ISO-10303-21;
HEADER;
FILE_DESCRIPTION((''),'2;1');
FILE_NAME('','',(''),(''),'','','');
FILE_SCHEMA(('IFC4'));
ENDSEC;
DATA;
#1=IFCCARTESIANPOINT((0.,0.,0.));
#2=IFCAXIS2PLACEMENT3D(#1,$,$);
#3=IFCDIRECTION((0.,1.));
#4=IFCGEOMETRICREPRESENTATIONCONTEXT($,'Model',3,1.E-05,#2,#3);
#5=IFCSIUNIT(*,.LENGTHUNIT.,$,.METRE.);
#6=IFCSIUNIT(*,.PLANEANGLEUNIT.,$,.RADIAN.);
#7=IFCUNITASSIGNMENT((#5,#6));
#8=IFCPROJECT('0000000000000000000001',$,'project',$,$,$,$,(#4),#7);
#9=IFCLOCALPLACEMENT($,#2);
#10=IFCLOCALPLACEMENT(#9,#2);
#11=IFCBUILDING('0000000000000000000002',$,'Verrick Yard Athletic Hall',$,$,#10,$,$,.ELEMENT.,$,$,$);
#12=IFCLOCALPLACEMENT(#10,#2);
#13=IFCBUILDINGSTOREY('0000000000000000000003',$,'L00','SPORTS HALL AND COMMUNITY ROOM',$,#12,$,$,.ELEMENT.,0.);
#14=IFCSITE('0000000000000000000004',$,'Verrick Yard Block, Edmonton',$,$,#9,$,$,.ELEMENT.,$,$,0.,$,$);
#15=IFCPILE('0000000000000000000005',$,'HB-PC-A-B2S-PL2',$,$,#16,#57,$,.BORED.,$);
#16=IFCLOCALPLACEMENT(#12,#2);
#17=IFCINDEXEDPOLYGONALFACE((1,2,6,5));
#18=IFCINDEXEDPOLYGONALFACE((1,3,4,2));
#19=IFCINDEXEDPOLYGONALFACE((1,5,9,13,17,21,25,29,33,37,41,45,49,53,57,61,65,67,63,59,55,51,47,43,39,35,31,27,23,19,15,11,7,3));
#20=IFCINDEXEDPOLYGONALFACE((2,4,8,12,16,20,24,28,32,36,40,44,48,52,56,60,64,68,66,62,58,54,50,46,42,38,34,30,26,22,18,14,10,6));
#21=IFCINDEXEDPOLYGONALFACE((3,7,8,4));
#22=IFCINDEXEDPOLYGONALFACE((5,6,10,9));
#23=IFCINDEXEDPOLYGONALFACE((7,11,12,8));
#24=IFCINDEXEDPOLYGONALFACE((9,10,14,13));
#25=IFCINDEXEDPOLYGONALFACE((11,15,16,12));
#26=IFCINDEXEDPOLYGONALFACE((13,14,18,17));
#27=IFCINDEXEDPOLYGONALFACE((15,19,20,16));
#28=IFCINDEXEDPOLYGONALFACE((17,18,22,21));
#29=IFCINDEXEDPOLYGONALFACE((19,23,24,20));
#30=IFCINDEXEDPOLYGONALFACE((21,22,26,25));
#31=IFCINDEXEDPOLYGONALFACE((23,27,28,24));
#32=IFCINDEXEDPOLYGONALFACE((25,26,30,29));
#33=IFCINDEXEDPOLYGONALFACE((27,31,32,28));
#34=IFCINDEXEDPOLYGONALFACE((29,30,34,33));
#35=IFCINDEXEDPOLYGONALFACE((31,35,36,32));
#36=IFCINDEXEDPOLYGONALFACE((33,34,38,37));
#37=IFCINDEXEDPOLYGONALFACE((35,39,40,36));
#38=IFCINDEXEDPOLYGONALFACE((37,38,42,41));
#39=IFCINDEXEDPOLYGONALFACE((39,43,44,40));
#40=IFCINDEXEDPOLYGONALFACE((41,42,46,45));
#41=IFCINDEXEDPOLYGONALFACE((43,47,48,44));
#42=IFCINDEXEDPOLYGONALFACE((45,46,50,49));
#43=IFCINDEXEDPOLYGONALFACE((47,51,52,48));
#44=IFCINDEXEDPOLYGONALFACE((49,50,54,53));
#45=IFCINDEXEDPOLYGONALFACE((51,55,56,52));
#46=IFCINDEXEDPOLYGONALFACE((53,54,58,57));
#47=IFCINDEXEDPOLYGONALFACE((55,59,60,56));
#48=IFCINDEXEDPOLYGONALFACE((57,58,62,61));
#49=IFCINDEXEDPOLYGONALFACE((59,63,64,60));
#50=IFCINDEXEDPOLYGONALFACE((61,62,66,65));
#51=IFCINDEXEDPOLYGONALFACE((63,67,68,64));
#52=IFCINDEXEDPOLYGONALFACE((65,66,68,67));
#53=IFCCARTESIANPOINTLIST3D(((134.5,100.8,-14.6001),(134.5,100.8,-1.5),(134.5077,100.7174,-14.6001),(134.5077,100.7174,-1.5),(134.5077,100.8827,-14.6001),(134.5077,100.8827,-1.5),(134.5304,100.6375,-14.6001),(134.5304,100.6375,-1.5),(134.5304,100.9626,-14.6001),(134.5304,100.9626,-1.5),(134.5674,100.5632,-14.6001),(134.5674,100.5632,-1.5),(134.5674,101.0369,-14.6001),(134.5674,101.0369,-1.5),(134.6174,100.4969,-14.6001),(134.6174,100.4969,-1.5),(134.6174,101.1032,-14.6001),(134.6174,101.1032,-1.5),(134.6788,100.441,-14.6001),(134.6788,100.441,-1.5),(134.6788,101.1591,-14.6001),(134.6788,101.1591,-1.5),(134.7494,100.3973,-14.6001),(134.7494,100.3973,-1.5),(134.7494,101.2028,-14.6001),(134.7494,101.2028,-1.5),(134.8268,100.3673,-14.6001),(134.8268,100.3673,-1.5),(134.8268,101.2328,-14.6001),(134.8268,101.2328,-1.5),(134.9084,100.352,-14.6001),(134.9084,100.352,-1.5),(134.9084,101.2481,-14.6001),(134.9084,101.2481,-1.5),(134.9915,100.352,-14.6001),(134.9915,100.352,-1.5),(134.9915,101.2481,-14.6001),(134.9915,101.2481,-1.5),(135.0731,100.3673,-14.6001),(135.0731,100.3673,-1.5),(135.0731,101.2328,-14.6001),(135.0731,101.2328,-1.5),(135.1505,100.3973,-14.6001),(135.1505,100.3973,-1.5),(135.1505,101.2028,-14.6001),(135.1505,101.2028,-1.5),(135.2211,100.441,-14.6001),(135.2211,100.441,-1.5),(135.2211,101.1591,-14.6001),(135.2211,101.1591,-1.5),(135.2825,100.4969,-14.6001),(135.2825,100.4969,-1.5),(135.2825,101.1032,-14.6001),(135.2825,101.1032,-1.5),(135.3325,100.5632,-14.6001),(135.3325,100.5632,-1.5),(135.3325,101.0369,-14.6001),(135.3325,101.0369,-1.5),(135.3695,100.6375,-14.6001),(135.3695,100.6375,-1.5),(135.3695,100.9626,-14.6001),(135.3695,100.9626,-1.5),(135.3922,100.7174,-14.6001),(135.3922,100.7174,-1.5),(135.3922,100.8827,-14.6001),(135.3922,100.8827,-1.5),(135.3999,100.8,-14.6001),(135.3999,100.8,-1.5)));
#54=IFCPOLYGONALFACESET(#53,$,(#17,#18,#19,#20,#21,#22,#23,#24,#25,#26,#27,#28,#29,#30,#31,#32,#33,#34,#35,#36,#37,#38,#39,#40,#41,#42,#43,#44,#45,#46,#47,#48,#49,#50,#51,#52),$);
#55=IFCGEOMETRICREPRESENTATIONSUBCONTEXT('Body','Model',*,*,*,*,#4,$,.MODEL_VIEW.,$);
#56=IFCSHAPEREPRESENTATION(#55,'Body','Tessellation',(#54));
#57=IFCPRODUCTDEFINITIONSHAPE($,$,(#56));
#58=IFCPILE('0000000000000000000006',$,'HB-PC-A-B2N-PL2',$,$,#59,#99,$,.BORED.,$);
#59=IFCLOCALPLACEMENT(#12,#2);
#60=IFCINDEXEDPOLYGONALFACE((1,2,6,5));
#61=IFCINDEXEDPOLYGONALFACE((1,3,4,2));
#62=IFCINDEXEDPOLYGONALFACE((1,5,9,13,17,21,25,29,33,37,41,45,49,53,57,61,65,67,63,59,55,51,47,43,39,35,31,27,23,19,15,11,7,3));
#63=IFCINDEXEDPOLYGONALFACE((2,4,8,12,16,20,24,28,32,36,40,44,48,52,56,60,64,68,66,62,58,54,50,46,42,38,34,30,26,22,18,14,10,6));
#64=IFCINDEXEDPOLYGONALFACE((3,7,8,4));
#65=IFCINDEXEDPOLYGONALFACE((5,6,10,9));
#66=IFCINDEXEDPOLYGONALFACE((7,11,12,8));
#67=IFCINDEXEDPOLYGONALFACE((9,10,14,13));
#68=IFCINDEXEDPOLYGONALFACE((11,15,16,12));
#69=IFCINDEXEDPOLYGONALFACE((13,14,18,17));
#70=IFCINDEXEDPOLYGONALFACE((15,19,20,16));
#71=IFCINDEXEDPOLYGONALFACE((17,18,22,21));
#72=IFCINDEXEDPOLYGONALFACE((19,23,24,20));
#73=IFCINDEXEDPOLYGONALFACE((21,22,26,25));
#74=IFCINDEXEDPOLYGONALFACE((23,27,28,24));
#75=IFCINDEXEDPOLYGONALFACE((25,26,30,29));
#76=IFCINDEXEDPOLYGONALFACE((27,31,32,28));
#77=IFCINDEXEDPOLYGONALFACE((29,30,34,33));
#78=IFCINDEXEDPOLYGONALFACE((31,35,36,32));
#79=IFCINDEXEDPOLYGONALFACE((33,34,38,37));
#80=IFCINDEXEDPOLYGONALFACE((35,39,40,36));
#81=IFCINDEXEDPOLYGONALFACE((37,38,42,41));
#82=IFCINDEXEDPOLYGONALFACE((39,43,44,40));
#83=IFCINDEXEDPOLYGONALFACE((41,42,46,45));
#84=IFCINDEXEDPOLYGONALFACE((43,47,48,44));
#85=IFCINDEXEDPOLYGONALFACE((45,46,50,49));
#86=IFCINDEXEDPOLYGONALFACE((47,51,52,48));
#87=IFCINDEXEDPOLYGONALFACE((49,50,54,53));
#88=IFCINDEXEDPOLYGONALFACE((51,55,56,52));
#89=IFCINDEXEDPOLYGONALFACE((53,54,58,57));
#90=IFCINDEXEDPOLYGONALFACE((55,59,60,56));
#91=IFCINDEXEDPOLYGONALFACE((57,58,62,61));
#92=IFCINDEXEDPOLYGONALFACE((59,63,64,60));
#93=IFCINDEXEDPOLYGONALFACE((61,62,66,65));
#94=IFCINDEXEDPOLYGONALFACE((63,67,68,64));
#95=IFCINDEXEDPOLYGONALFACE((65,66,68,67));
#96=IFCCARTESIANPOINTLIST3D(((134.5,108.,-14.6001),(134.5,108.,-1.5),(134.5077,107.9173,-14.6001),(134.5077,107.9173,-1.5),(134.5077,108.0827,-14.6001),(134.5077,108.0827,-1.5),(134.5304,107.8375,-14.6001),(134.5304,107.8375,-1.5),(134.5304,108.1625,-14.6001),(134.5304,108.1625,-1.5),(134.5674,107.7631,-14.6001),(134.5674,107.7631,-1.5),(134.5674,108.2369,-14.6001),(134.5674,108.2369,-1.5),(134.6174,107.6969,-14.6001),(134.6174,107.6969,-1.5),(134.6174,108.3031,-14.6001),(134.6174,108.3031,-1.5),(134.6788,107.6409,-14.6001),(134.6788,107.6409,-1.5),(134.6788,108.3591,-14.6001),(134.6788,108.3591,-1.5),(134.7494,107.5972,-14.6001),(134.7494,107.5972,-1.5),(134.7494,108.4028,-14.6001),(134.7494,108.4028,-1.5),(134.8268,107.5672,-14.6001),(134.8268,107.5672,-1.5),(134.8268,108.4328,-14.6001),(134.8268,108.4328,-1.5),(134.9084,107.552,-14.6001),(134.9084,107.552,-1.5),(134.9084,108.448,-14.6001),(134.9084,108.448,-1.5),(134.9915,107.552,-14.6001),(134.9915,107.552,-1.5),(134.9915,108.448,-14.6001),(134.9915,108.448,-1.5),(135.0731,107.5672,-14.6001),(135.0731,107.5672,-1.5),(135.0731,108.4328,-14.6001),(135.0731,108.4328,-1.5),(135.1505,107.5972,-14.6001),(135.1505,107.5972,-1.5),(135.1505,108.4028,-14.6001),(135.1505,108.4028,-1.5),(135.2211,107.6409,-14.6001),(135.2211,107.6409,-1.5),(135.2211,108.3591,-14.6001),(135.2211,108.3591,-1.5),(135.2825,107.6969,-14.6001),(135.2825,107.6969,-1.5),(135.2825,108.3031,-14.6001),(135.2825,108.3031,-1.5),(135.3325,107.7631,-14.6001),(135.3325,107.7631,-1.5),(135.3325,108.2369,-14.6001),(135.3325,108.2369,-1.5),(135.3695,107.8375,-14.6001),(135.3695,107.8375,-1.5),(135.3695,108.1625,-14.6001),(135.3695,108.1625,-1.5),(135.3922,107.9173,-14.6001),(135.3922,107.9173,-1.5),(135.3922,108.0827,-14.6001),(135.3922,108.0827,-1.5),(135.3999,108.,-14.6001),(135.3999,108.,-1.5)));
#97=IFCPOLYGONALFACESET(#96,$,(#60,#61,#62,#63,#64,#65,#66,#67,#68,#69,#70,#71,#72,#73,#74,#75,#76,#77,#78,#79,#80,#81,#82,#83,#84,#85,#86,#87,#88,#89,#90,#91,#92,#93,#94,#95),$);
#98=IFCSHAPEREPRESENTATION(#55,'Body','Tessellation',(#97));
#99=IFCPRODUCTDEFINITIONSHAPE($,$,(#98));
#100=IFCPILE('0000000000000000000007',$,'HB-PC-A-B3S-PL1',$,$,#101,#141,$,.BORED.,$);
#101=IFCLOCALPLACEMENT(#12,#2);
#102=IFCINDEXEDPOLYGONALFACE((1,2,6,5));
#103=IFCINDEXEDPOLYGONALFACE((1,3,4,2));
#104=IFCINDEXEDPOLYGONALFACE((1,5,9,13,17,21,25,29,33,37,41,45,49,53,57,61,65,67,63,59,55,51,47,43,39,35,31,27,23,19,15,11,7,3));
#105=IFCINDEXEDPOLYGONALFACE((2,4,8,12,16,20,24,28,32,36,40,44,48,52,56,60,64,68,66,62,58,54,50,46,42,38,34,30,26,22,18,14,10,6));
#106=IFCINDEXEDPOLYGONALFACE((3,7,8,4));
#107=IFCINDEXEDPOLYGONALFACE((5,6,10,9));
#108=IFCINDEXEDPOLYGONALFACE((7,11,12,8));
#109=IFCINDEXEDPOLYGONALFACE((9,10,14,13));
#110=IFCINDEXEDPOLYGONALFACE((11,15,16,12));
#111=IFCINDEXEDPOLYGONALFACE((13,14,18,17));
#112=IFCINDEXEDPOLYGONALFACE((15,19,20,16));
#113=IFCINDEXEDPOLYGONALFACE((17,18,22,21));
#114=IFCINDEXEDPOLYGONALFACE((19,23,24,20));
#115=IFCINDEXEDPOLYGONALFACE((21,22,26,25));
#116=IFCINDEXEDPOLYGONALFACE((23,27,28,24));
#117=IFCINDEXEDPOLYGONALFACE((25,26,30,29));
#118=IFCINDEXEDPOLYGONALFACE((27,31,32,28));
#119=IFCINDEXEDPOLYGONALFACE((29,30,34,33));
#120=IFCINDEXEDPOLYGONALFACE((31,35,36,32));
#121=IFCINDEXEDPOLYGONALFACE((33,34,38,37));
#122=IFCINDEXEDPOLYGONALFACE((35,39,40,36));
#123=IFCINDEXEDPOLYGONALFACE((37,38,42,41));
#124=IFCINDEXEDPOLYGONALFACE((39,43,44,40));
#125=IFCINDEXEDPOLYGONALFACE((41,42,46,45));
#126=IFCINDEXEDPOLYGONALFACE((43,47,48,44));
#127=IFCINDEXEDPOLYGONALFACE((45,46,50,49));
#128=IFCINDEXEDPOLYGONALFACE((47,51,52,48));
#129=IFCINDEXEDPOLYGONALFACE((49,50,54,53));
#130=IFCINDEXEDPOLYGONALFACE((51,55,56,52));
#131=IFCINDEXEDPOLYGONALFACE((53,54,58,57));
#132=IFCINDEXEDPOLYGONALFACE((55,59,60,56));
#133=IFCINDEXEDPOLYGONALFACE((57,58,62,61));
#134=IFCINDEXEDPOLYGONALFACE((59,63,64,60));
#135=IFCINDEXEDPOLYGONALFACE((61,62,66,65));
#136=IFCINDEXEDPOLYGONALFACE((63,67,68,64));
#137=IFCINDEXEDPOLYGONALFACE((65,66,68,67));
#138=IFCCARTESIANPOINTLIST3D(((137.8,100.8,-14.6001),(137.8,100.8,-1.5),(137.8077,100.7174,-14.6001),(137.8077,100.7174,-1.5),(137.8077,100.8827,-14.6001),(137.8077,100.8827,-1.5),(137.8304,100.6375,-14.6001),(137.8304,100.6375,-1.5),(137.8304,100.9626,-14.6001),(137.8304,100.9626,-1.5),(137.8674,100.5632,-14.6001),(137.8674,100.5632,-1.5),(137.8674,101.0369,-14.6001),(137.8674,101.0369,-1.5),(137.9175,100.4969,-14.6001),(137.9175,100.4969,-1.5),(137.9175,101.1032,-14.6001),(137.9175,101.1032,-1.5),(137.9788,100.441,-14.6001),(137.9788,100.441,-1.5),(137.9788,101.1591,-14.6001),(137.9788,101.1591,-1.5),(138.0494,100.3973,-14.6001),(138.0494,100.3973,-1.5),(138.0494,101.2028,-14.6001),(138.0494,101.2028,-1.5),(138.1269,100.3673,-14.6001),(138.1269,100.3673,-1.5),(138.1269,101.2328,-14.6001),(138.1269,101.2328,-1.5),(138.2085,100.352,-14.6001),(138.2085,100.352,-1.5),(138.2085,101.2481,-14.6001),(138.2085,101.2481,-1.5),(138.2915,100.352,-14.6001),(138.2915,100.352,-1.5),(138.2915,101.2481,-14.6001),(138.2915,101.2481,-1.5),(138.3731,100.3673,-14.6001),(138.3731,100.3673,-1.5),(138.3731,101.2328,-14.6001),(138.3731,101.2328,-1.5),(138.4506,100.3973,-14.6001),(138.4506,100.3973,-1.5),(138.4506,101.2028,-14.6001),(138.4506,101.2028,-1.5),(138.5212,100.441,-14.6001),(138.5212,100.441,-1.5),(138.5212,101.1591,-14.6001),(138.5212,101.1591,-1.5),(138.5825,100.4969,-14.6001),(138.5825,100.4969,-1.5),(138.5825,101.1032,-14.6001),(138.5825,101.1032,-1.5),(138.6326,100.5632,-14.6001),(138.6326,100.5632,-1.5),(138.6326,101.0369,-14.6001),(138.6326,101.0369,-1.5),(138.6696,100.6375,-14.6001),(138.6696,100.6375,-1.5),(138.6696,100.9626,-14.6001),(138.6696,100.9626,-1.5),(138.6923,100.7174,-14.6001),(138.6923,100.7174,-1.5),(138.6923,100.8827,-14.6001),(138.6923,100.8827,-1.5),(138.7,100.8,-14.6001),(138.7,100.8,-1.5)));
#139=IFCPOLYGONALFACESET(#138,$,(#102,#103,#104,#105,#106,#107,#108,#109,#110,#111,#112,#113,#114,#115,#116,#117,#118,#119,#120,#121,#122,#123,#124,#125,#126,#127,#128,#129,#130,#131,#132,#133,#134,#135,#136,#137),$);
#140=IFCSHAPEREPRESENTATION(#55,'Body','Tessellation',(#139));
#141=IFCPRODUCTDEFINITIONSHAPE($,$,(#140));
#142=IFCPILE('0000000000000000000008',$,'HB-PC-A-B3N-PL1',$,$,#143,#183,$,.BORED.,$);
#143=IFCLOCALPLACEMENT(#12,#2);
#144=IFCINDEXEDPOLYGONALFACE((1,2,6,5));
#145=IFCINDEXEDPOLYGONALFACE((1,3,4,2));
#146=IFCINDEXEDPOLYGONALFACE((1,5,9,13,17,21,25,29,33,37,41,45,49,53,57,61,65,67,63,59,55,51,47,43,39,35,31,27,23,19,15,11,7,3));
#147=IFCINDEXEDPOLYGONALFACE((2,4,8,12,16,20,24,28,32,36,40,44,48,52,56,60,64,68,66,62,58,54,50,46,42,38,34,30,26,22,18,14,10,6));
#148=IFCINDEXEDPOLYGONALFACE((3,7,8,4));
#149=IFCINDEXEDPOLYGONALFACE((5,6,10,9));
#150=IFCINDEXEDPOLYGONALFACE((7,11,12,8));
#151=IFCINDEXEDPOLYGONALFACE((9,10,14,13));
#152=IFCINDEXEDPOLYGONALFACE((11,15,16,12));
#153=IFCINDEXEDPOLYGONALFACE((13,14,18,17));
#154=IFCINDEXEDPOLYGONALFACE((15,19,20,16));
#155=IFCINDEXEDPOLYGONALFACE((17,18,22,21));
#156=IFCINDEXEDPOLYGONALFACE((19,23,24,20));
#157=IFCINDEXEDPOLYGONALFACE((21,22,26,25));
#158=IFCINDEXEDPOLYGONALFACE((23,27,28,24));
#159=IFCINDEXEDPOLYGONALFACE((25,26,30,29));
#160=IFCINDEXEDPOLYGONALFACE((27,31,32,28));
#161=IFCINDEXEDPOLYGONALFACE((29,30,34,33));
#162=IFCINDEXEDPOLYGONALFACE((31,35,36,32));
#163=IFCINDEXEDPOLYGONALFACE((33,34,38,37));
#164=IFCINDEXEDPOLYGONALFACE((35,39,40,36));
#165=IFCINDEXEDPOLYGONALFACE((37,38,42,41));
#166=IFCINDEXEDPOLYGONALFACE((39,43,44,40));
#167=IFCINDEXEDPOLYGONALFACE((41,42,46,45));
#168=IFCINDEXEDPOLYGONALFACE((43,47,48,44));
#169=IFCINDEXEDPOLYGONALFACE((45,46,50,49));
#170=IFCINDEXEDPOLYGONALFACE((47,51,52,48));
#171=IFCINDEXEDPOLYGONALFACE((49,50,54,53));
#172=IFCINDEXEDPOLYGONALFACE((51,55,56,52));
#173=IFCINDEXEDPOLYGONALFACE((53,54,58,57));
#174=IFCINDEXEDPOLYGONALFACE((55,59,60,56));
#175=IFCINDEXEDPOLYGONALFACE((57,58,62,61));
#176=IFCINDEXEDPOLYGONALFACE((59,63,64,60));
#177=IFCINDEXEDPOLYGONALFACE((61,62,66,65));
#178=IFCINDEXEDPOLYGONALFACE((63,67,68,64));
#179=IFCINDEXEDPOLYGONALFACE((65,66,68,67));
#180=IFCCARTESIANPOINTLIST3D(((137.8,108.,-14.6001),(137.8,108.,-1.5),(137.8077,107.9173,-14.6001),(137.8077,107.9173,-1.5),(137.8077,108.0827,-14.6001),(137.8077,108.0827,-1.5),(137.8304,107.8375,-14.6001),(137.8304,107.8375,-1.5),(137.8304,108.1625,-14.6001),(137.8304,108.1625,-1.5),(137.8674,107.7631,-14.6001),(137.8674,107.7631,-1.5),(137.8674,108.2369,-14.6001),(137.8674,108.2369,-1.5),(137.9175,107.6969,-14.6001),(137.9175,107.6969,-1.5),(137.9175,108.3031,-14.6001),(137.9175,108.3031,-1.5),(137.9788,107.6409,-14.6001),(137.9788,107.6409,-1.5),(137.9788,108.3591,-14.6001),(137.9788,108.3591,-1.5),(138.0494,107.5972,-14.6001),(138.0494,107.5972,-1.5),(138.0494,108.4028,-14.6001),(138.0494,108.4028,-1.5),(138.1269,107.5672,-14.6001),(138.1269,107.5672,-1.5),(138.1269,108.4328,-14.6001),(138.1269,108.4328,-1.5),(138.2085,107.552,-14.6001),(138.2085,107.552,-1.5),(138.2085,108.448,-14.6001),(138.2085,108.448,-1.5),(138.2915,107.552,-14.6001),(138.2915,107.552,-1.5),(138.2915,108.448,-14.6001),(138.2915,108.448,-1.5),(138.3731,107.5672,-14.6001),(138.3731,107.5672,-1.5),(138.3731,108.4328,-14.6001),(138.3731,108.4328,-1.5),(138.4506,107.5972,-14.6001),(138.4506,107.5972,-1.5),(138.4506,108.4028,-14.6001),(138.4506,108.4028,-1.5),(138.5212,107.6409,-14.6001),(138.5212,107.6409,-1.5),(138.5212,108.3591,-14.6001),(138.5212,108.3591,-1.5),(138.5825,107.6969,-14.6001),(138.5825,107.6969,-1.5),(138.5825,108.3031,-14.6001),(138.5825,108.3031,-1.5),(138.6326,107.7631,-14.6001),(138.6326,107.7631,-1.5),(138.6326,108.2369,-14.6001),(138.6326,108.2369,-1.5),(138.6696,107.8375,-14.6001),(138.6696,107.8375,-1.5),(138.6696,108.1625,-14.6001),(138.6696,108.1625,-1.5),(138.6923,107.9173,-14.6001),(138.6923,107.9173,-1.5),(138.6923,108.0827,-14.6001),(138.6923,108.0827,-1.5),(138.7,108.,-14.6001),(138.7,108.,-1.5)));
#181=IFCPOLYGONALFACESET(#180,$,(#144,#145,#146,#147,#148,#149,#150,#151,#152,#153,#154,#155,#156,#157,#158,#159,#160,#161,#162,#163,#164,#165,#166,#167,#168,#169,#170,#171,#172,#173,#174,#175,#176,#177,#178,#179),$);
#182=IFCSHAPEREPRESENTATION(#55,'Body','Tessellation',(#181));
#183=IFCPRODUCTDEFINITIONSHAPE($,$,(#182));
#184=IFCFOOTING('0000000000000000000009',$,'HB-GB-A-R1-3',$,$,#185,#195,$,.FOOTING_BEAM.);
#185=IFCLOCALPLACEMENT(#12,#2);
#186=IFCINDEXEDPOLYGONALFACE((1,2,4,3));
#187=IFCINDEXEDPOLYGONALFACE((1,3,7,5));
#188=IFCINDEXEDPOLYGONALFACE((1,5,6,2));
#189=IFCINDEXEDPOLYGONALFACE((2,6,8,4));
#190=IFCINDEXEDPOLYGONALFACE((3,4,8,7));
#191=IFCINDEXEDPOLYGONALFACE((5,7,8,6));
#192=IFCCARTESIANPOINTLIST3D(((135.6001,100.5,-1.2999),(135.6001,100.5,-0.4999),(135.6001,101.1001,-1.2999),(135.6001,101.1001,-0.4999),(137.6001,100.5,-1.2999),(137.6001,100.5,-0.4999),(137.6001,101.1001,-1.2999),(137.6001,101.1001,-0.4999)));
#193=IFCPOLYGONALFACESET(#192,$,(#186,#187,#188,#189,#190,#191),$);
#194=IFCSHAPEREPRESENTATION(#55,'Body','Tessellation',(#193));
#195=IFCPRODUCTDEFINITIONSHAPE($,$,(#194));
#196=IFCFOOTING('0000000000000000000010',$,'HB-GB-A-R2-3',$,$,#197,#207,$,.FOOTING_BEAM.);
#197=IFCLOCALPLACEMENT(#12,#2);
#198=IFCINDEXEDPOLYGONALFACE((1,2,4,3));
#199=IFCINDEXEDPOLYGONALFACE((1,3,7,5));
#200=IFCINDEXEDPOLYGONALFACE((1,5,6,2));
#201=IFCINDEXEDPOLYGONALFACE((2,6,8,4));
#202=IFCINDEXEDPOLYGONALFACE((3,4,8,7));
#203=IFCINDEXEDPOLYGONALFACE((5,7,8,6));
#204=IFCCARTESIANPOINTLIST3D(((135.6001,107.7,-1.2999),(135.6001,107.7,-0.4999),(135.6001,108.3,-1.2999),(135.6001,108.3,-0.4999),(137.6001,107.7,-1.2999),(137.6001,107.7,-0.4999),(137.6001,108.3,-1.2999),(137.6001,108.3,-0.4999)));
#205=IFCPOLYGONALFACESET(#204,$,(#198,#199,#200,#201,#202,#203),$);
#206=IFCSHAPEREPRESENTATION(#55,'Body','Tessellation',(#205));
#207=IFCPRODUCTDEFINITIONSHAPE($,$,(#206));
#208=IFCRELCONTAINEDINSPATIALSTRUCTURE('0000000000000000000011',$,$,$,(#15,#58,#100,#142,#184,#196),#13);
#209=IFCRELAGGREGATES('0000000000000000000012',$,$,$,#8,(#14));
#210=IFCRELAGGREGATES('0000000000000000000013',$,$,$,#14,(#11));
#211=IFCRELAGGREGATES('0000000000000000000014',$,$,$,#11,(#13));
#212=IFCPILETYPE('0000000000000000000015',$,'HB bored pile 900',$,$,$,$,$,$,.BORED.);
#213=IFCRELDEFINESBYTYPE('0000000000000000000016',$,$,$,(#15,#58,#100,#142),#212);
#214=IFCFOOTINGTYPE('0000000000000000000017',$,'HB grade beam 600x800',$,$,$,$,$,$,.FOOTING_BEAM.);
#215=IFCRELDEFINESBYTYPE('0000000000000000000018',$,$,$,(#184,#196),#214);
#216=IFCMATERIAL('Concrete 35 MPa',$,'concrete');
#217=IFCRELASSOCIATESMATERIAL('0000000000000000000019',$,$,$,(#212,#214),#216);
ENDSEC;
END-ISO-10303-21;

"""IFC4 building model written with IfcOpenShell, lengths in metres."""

from ifc_helpers import new_model, si_unit, direction, frame, origin, origin_2d, place, context, subcontext, project, spatial, rectangle, circle, extrude, material, material_profile, profile_set, type_object, element, save


model = new_model("IFC4")

# Units and contexts
model_context = context("Model", 3, precision=1e-05, world=origin(), true_north=direction((0.0, 1.0)))
body_context = subcontext(model_context, "Body", "Model", "MODEL_VIEW")
ifc_project = project(units=[si_unit("LENGTHUNIT", "METRE"), si_unit("PLANEANGLEUNIT", "RADIAN")], contexts=[model_context])

# Site, building, storey
site_placement = place(None, origin())
site = spatial("IfcSite", under=ifc_project, at=site_placement, Name="Verrick Yard Block, Edmonton", CompositionType="ELEMENT", RefElevation=0.0)
building_placement = place(site_placement, origin())
building = spatial("IfcBuilding", under=site, at=building_placement, Name="Verrick Yard Athletic Hall", CompositionType="ELEMENT")
storey_placement = place(building_placement, origin())
storey = spatial("IfcBuildingStorey", under=building, at=storey_placement, Name="L00", Description="SPORTS HALL AND COMMUNITY ROOM", CompositionType="ELEMENT", Elevation=0.0)

# Piles
ifc_material_1 = material(Name="Concrete 35 MPa", Category="concrete")
ifc_material_profile_1 = material_profile(ifc_material_1, circle(Radius=0.45, at=origin_2d()), Name="Bored pile 900")
ifc_profile_set_1 = profile_set([ifc_material_profile_1], Name="Concrete 35 MPa")
pile_type = type_object("IfcPileType", Name="HB bored pile 900", PredefinedType="BORED", material=ifc_profile_set_1)
for number, where, z_axis, x_axis, name in (
    (1, (134.95, 100.8, -1.5), (0.0, 0.0, -1.0), (1.0, 0.0, 0.0), "HB-PC-A-B2S-PL2"),
    (2, (134.95, 108.0, -1.5), (0.0, 0.0, -1.0), (1.0, 0.0, 0.0), "HB-PC-A-B2N-PL2"),
    (3, (138.25, 100.8, -1.5), (0.0, 0.0, -1.0), (1.0, 0.0, 0.0), "HB-PC-A-B3S-PL1"),
    (4, (138.25, 108.0, -1.5), (0.0, 0.0, -1.0), (1.0, 0.0, 0.0), "HB-PC-A-B3N-PL1"),
):
    element("IfcPile", number, at=place(storey_placement, frame(where, z_axis=z_axis, x_axis=x_axis)), inside=storey, type_object=pile_type, Name=name, PredefinedType="BORED", context=body_context, shape_type="SweptSolid", body=[
        extrude(circle(Radius=0.45, at=origin_2d()), origin(), (0.0, 0.0, 1.0), 13.1001),
    ])

# Footings
ifc_material_profile_2 = material_profile(ifc_material_1, rectangle(XDim=0.6001, YDim=0.8, at=origin_2d()), Name="Grade beam 600x800")
ifc_profile_set_2 = profile_set([ifc_material_profile_2], Name="Concrete 35 MPa")
footing_type = type_object("IfcFootingType", Name="HB grade beam 600x800", PredefinedType="FOOTING_BEAM", material=ifc_profile_set_2)
for number, where, z_axis, x_axis, name in (
    (5, (135.6001, 100.8, -0.8999), (1.0, 0.0, 0.0), (0.0, 1.0, 0.0), "HB-GB-A-R1-3"),
    (6, (135.6001, 108.0, -0.8999), (1.0, 0.0, 0.0), (0.0, 1.0, 0.0), "HB-GB-A-R2-3"),
):
    element("IfcFooting", number, at=place(storey_placement, frame(where, z_axis=z_axis, x_axis=x_axis)), inside=storey, type_object=footing_type, Name=name, PredefinedType="FOOTING_BEAM", context=body_context, shape_type="SweptSolid", body=[
        extrude(rectangle(XDim=0.6001, YDim=0.8, at=origin_2d()), origin(), (0.0, 0.0, 1.0), 2.0),
    ])

save(model, "model.ifc")
